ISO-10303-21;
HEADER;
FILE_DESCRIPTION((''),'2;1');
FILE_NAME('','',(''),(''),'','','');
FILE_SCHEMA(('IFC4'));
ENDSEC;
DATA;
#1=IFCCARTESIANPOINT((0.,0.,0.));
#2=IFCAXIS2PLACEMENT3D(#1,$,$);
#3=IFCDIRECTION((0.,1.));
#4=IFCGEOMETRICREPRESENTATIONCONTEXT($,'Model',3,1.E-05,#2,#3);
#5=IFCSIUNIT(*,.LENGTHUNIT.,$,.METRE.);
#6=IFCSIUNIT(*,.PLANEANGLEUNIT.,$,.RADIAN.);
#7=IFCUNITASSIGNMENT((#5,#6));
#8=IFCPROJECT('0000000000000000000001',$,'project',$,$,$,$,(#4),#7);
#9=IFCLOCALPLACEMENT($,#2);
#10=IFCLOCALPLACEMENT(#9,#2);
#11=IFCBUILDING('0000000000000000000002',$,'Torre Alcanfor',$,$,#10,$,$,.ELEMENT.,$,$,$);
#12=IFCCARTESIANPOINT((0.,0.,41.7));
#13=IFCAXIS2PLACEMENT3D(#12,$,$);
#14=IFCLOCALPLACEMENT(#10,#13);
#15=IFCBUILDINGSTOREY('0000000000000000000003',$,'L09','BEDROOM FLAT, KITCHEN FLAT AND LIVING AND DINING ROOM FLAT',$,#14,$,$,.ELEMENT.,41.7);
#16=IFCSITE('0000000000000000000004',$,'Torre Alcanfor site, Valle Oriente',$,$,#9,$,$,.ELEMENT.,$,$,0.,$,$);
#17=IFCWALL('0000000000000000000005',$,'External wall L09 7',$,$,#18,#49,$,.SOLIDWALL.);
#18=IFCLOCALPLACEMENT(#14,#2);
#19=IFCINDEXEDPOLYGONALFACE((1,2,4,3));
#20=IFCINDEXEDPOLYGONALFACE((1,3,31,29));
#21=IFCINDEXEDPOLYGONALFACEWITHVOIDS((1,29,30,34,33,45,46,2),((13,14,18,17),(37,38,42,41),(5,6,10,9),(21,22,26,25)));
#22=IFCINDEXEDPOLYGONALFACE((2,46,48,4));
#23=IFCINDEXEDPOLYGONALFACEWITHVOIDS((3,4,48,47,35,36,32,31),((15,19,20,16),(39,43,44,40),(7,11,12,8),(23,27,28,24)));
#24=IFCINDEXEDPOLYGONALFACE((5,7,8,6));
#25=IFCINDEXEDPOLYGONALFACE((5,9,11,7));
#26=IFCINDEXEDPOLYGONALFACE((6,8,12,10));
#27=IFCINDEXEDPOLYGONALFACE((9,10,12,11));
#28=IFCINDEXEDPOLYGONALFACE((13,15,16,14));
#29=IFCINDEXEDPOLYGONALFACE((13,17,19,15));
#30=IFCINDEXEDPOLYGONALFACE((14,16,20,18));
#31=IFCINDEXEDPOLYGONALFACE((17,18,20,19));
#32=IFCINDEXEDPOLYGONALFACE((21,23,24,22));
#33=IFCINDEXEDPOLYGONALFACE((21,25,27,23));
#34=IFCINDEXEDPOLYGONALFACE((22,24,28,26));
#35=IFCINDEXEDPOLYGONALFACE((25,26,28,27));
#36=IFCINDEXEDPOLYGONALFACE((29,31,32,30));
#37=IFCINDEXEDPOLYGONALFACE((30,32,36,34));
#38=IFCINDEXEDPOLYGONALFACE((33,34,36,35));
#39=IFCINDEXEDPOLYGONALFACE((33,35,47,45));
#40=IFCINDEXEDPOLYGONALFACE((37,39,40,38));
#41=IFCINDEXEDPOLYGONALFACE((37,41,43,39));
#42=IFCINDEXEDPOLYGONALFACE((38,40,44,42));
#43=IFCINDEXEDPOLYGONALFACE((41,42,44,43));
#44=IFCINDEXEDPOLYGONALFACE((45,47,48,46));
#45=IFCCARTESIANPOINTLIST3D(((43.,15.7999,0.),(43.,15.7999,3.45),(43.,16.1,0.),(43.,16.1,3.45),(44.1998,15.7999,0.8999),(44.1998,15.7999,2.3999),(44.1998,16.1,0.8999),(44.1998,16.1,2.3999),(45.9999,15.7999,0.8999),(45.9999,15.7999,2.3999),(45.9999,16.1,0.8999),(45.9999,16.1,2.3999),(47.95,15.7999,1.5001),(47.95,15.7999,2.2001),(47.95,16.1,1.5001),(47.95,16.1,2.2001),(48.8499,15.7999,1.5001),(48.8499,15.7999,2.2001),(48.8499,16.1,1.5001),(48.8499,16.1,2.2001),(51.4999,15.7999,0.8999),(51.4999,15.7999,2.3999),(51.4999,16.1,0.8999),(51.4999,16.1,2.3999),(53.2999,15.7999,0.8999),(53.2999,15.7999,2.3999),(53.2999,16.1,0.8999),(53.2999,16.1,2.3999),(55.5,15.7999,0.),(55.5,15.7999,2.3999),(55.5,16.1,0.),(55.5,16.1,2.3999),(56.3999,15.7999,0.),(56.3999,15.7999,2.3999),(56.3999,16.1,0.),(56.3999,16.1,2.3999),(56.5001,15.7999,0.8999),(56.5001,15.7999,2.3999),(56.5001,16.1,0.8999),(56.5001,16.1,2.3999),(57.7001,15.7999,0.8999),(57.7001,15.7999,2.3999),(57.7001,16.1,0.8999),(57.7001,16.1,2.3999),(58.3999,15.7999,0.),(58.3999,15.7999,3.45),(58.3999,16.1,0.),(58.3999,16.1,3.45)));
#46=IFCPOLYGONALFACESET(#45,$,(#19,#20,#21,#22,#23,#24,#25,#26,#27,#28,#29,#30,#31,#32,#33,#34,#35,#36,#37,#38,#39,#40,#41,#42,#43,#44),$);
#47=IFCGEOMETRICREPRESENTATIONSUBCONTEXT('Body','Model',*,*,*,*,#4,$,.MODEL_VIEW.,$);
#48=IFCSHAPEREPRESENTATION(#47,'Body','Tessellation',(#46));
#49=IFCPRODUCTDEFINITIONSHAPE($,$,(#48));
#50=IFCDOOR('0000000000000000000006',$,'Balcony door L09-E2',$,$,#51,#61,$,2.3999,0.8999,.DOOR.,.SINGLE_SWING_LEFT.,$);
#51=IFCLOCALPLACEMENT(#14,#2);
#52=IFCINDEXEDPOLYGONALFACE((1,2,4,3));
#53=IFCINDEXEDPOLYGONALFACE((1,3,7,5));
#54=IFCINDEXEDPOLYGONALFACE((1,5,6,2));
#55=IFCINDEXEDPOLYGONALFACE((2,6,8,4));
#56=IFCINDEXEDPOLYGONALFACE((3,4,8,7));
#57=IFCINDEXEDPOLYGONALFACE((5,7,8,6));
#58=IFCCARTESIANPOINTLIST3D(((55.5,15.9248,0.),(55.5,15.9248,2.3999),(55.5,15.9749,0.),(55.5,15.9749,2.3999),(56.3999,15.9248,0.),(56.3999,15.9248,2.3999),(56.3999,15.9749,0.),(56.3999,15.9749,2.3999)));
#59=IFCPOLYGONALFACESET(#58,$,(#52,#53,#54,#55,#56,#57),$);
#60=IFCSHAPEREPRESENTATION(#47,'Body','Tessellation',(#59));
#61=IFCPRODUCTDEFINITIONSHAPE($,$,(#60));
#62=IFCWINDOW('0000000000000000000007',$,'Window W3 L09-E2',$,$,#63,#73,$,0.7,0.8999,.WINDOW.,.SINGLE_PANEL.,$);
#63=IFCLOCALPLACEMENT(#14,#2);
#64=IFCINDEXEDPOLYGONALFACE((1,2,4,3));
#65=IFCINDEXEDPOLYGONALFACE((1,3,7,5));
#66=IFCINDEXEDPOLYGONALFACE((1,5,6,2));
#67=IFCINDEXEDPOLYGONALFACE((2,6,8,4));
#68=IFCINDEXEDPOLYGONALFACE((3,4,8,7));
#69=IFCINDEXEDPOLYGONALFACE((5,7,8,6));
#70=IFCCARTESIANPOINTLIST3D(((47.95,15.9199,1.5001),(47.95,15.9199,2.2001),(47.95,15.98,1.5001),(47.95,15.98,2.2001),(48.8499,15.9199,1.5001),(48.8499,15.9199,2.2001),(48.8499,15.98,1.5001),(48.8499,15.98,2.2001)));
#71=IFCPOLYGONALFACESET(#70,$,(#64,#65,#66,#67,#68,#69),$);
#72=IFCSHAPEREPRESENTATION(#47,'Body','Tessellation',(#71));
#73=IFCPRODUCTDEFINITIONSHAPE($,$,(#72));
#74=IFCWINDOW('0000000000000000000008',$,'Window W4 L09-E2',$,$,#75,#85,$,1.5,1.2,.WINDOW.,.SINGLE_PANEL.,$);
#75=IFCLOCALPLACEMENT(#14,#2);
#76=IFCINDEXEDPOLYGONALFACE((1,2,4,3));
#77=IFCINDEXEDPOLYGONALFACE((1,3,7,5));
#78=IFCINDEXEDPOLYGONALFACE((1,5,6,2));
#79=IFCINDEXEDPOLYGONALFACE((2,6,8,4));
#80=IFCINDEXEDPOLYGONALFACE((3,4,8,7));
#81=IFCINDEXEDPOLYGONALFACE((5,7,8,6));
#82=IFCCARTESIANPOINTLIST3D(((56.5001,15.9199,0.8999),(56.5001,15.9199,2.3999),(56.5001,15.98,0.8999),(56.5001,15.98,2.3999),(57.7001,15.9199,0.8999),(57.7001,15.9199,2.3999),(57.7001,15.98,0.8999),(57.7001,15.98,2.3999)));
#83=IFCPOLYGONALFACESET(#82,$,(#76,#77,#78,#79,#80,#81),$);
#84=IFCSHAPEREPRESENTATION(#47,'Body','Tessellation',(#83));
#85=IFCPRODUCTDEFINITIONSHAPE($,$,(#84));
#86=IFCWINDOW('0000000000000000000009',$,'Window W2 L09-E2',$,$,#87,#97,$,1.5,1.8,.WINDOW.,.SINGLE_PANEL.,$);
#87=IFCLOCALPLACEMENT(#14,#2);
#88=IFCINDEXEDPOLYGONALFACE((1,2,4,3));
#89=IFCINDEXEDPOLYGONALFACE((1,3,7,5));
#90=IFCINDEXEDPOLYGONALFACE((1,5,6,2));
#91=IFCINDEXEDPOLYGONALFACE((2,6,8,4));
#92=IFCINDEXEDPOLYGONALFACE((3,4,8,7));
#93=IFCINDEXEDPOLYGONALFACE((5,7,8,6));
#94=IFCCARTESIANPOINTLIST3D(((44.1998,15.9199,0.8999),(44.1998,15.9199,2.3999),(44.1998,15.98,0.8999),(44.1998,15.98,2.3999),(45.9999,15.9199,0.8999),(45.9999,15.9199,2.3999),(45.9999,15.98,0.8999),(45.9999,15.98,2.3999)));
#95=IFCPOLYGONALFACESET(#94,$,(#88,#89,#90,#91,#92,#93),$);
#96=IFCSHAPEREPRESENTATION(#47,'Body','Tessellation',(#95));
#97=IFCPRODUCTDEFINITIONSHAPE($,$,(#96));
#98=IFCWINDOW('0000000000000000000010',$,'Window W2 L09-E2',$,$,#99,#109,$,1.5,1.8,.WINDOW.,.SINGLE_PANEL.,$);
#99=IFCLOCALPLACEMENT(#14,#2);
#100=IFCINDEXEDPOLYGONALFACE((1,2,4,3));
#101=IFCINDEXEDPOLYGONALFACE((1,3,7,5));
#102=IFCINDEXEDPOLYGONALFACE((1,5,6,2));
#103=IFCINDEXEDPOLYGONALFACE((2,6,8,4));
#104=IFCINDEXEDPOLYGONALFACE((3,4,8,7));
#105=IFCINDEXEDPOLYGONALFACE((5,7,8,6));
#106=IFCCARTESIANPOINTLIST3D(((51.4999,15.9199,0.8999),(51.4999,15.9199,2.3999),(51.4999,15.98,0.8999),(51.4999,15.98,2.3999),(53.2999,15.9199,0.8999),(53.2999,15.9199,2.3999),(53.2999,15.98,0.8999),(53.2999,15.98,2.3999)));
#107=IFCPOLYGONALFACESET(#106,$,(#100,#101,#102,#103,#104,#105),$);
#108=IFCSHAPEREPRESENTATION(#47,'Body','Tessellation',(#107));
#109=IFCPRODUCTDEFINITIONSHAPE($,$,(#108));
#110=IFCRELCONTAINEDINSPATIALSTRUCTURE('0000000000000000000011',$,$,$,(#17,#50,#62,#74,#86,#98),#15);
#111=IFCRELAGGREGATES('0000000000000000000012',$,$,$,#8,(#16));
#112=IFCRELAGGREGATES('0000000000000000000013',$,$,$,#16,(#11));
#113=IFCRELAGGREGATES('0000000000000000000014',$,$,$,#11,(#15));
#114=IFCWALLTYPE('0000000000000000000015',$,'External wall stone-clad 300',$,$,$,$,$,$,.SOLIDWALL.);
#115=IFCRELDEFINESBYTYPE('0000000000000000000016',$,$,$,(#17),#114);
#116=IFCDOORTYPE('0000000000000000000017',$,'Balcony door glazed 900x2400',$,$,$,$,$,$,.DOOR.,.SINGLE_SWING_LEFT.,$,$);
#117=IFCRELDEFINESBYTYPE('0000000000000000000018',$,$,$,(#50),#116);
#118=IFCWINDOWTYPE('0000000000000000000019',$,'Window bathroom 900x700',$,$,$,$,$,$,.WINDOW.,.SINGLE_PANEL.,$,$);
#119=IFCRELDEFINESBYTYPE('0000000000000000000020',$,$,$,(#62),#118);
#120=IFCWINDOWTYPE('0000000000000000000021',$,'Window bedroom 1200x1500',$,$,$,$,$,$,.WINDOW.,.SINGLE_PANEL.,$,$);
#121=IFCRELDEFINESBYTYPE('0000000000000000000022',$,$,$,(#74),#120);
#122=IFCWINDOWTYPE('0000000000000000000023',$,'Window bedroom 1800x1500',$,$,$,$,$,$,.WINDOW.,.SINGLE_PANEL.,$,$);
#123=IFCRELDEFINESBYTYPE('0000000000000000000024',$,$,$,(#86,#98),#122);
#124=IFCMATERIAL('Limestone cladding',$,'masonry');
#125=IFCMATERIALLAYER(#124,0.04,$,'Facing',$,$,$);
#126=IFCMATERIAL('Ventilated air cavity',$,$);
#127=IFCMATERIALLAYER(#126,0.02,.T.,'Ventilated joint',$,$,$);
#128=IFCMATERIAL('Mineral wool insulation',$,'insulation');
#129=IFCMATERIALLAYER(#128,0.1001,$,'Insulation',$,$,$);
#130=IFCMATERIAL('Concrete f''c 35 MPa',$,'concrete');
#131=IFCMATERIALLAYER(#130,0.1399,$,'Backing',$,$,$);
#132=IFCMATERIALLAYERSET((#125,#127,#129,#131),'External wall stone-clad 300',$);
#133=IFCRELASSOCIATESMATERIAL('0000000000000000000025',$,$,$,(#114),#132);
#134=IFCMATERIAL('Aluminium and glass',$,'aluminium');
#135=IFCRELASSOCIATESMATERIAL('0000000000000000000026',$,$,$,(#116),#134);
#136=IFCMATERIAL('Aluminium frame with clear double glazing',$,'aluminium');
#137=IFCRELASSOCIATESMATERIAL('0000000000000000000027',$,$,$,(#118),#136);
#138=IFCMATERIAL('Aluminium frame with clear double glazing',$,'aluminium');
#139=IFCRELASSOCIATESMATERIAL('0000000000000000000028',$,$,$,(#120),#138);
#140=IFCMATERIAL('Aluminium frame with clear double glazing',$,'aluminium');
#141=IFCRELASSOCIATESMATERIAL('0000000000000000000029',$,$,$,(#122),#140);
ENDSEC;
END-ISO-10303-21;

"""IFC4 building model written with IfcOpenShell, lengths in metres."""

from ifc_helpers import new_model, si_unit, direction, frame, frame_2d, origin, place, context, subcontext, project, spatial, rectangle, extrude, material, layer, layer_set, type_object, element, fill, save


model = new_model("IFC4")

# Units and contexts
model_context = context("Model", 3, precision=1e-05, world=origin(), true_north=direction((0.0, 1.0)))
body_context = subcontext(model_context, "Body", "Model", "MODEL_VIEW")
ifc_project = project(units=[si_unit("LENGTHUNIT", "METRE"), si_unit("PLANEANGLEUNIT", "RADIAN")], contexts=[model_context])

# Site, building, storey
site_placement = place(None, origin())
site = spatial("IfcSite", under=ifc_project, at=site_placement, Name="Torre Alcanfor site, Valle Oriente", CompositionType="ELEMENT", RefElevation=0.0)
building_placement = place(site_placement, origin())
building = spatial("IfcBuilding", under=site, at=building_placement, Name="Torre Alcanfor", CompositionType="ELEMENT")
storey_placement = place(building_placement, frame((0.0, 0.0, 41.7)))
storey = spatial("IfcBuildingStorey", under=building, at=storey_placement, Name="L09", Description="BEDROOM FLAT, KITCHEN FLAT AND LIVING AND DINING ROOM FLAT", CompositionType="ELEMENT", Elevation=41.7)

# Wall, openings, door, windows
ifc_material_1 = material(Name="Limestone cladding", Category="masonry")
ifc_layer_1 = layer(ifc_material_1, 0.04, Name="Facing")
ifc_material_2 = material(Name="Ventilated air cavity")
ifc_layer_2 = layer(ifc_material_2, 0.02, ventilated=True, Name="Ventilated joint")
ifc_material_3 = material(Name="Mineral wool insulation", Category="insulation")
ifc_layer_3 = layer(ifc_material_3, 0.1001, Name="Insulation")
ifc_material_4 = material(Name="Concrete f'c 35 MPa", Category="concrete")
ifc_layer_4 = layer(ifc_material_4, 0.1399, Name="Backing")
ifc_layer_set_1 = layer_set([ifc_layer_1, ifc_layer_2, ifc_layer_3, ifc_layer_4], Name="External wall stone-clad 300")
wall_type_1 = type_object("IfcWallType", Name="External wall stone-clad 300", PredefinedType="SOLIDWALL", material=ifc_layer_set_1)
ifc_material_5 = material(Name="Aluminium and glass", Category="aluminium")
door_type = type_object("IfcDoorType", Name="Balcony door glazed 900x2400", OperationType="SINGLE_SWING_LEFT", PredefinedType="DOOR", material=ifc_material_5)
ifc_material_6 = material(Name="Aluminium frame with clear double glazing", Category="aluminium")
window_type_1 = type_object("IfcWindowType", Name="Window bathroom 900x700", PartitioningType="SINGLE_PANEL", PredefinedType="WINDOW", material=ifc_material_6)
ifc_material_7 = material(Name="Aluminium frame with clear double glazing", Category="aluminium")
window_type_2 = type_object("IfcWindowType", Name="Window bedroom 1200x1500", PartitioningType="SINGLE_PANEL", PredefinedType="WINDOW", material=ifc_material_7)
ifc_material_8 = material(Name="Aluminium frame with clear double glazing", Category="aluminium")
window_type_3 = type_object("IfcWindowType", Name="Window bedroom 1800x1500", PartitioningType="SINGLE_PANEL", PredefinedType="WINDOW", material=ifc_material_8)
wall_1_placement = place(storey_placement, frame((43.0, 15.95, 0.0), z_axis=(0.0, 0.0, 1.0), x_axis=(1.0, 0.0, 0.0)))
wall_1 = element("IfcWall", 1, at=wall_1_placement, inside=storey, type_object=wall_type_1, Name="External wall L09 7", PredefinedType="SOLIDWALL", context=body_context, shape_type="SweptSolid", body=[
    extrude(rectangle(XDim=15.3999, YDim=0.3, at=frame_2d((7.7, 0.0))), origin(), (0.0, 0.0, 1.0), 3.45),
])
opening_1_placement = place(wall_1_placement, frame((1.2, 0.0, 0.8999)))
opening_1 = element("IfcOpeningElement", 2, at=opening_1_placement, cuts=wall_1, PredefinedType="OPENING", context=body_context, shape_type="SweptSolid", body=[
    extrude(rectangle(XDim=1.8, YDim=1.5, at=frame_2d((0.8999, 0.75))), frame((0.0, 0.1599, 0.0), z_axis=(0.0, -1.0, 0.0), x_axis=(1.0, 0.0, 0.0)), (0.0, 0.0, 1.0), 0.3201),
])
opening_2_placement = place(wall_1_placement, frame((4.95, 0.0, 1.5)))
opening_2 = element("IfcOpeningElement", 3, at=opening_2_placement, cuts=wall_1, PredefinedType="OPENING", context=body_context, shape_type="SweptSolid", body=[
    extrude(rectangle(XDim=0.8999, YDim=0.7, at=frame_2d((0.45, 0.3501))), frame((0.0, 0.1599, 0.0), z_axis=(0.0, -1.0, 0.0), x_axis=(1.0, 0.0, 0.0)), (0.0, 0.0, 1.0), 0.3201),
])
opening_3_placement = place(wall_1_placement, frame((8.5, 0.0, 0.8999)))
opening_3 = element("IfcOpeningElement", 4, at=opening_3_placement, cuts=wall_1, PredefinedType="OPENING", context=body_context, shape_type="SweptSolid", body=[
    extrude(rectangle(XDim=1.8, YDim=1.5, at=frame_2d((0.8999, 0.75))), frame((0.0, 0.1599, 0.0), z_axis=(0.0, -1.0, 0.0), x_axis=(1.0, 0.0, 0.0)), (0.0, 0.0, 1.0), 0.3201),
])
opening_4_placement = place(wall_1_placement, frame((12.5, 0.0, 0.0)))
opening_4 = element("IfcOpeningElement", 5, at=opening_4_placement, cuts=wall_1, PredefinedType="OPENING", context=body_context, shape_type="SweptSolid", body=[
    extrude(rectangle(XDim=0.8999, YDim=2.3999, at=frame_2d((0.45, 1.2))), frame((0.0, 0.1599, 0.0), z_axis=(0.0, -1.0, 0.0), x_axis=(1.0, 0.0, 0.0)), (0.0, 0.0, 1.0), 0.3201),
])
opening_5_placement = place(wall_1_placement, frame((13.5, 0.0, 0.8999)))
opening_5 = element("IfcOpeningElement", 6, at=opening_5_placement, cuts=wall_1, PredefinedType="OPENING", context=body_context, shape_type="SweptSolid", body=[
    extrude(rectangle(XDim=1.2, YDim=1.5, at=frame_2d((0.6001, 0.75))), frame((0.0, 0.1599, 0.0), z_axis=(0.0, -1.0, 0.0), x_axis=(1.0, 0.0, 0.0)), (0.0, 0.0, 1.0), 0.3201),
])
door_1_placement = place(opening_4_placement, origin())
door_1 = element("IfcDoor", 7, at=door_1_placement, inside=storey, type_object=door_type, Name="Balcony door L09-E2", OperationType="SINGLE_SWING_LEFT", OverallHeight=2.3999, OverallWidth=0.8999, PredefinedType="DOOR", context=body_context, shape_type="SweptSolid", body=[
    extrude(rectangle(XDim=0.8999, YDim=2.3999, at=frame_2d((0.45, 1.2))), frame((0.0, 0.0249, 0.0), z_axis=(0.0, -1.0, 0.0), x_axis=(1.0, 0.0, 0.0)), (0.0, 0.0, 1.0), 0.05),
])
fill(opening_4, door_1)
window_1_placement = place(opening_2_placement, origin())
window_1 = element("IfcWindow", 8, at=window_1_placement, inside=storey, type_object=window_type_1, Name="Window W3 L09-E2", OverallHeight=0.7, OverallWidth=0.8999, PartitioningType="SINGLE_PANEL", PredefinedType="WINDOW", context=body_context, shape_type="SweptSolid", body=[
    extrude(rectangle(XDim=0.8999, YDim=0.7, at=frame_2d((0.45, 0.3501))), frame((0.0, 0.03, 0.0), z_axis=(0.0, -1.0, 0.0), x_axis=(1.0, 0.0, 0.0)), (0.0, 0.0, 1.0), 0.0601),
])
fill(opening_2, window_1)
window_2_placement = place(opening_5_placement, origin())
window_2 = element("IfcWindow", 9, at=window_2_placement, inside=storey, type_object=window_type_2, Name="Window W4 L09-E2", OverallHeight=1.5, OverallWidth=1.2, PartitioningType="SINGLE_PANEL", PredefinedType="WINDOW", context=body_context, shape_type="SweptSolid", body=[
    extrude(rectangle(XDim=1.2, YDim=1.5, at=frame_2d((0.6001, 0.75))), frame((0.0, 0.03, 0.0), z_axis=(0.0, -1.0, 0.0), x_axis=(1.0, 0.0, 0.0)), (0.0, 0.0, 1.0), 0.0601),
])
fill(opening_5, window_2)
window_3_placement = place(opening_1_placement, origin())
window_3 = element("IfcWindow", 10, at=window_3_placement, inside=storey, type_object=window_type_3, Name="Window W2 L09-E2", OverallHeight=1.5, OverallWidth=1.8, PartitioningType="SINGLE_PANEL", PredefinedType="WINDOW", context=body_context, shape_type="SweptSolid", body=[
    extrude(rectangle(XDim=1.8, YDim=1.5, at=frame_2d((0.8999, 0.75))), frame((0.0, 0.03, 0.0), z_axis=(0.0, -1.0, 0.0), x_axis=(1.0, 0.0, 0.0)), (0.0, 0.0, 1.0), 0.0601),
])
fill(opening_1, window_3)
window_4_placement = place(opening_3_placement, origin())
window_4 = element("IfcWindow", 11, at=window_4_placement, inside=storey, type_object=window_type_3, Name="Window W2 L09-E2", OverallHeight=1.5, OverallWidth=1.8, PartitioningType="SINGLE_PANEL", PredefinedType="WINDOW", context=body_context, shape_type="SweptSolid", body=[
    extrude(rectangle(XDim=1.8, YDim=1.5, at=frame_2d((0.8999, 0.75))), frame((0.0, 0.03, 0.0), z_axis=(0.0, -1.0, 0.0), x_axis=(1.0, 0.0, 0.0)), (0.0, 0.0, 1.0), 0.0601),
])
fill(opening_3, window_4)

save(model, "model.ifc")
